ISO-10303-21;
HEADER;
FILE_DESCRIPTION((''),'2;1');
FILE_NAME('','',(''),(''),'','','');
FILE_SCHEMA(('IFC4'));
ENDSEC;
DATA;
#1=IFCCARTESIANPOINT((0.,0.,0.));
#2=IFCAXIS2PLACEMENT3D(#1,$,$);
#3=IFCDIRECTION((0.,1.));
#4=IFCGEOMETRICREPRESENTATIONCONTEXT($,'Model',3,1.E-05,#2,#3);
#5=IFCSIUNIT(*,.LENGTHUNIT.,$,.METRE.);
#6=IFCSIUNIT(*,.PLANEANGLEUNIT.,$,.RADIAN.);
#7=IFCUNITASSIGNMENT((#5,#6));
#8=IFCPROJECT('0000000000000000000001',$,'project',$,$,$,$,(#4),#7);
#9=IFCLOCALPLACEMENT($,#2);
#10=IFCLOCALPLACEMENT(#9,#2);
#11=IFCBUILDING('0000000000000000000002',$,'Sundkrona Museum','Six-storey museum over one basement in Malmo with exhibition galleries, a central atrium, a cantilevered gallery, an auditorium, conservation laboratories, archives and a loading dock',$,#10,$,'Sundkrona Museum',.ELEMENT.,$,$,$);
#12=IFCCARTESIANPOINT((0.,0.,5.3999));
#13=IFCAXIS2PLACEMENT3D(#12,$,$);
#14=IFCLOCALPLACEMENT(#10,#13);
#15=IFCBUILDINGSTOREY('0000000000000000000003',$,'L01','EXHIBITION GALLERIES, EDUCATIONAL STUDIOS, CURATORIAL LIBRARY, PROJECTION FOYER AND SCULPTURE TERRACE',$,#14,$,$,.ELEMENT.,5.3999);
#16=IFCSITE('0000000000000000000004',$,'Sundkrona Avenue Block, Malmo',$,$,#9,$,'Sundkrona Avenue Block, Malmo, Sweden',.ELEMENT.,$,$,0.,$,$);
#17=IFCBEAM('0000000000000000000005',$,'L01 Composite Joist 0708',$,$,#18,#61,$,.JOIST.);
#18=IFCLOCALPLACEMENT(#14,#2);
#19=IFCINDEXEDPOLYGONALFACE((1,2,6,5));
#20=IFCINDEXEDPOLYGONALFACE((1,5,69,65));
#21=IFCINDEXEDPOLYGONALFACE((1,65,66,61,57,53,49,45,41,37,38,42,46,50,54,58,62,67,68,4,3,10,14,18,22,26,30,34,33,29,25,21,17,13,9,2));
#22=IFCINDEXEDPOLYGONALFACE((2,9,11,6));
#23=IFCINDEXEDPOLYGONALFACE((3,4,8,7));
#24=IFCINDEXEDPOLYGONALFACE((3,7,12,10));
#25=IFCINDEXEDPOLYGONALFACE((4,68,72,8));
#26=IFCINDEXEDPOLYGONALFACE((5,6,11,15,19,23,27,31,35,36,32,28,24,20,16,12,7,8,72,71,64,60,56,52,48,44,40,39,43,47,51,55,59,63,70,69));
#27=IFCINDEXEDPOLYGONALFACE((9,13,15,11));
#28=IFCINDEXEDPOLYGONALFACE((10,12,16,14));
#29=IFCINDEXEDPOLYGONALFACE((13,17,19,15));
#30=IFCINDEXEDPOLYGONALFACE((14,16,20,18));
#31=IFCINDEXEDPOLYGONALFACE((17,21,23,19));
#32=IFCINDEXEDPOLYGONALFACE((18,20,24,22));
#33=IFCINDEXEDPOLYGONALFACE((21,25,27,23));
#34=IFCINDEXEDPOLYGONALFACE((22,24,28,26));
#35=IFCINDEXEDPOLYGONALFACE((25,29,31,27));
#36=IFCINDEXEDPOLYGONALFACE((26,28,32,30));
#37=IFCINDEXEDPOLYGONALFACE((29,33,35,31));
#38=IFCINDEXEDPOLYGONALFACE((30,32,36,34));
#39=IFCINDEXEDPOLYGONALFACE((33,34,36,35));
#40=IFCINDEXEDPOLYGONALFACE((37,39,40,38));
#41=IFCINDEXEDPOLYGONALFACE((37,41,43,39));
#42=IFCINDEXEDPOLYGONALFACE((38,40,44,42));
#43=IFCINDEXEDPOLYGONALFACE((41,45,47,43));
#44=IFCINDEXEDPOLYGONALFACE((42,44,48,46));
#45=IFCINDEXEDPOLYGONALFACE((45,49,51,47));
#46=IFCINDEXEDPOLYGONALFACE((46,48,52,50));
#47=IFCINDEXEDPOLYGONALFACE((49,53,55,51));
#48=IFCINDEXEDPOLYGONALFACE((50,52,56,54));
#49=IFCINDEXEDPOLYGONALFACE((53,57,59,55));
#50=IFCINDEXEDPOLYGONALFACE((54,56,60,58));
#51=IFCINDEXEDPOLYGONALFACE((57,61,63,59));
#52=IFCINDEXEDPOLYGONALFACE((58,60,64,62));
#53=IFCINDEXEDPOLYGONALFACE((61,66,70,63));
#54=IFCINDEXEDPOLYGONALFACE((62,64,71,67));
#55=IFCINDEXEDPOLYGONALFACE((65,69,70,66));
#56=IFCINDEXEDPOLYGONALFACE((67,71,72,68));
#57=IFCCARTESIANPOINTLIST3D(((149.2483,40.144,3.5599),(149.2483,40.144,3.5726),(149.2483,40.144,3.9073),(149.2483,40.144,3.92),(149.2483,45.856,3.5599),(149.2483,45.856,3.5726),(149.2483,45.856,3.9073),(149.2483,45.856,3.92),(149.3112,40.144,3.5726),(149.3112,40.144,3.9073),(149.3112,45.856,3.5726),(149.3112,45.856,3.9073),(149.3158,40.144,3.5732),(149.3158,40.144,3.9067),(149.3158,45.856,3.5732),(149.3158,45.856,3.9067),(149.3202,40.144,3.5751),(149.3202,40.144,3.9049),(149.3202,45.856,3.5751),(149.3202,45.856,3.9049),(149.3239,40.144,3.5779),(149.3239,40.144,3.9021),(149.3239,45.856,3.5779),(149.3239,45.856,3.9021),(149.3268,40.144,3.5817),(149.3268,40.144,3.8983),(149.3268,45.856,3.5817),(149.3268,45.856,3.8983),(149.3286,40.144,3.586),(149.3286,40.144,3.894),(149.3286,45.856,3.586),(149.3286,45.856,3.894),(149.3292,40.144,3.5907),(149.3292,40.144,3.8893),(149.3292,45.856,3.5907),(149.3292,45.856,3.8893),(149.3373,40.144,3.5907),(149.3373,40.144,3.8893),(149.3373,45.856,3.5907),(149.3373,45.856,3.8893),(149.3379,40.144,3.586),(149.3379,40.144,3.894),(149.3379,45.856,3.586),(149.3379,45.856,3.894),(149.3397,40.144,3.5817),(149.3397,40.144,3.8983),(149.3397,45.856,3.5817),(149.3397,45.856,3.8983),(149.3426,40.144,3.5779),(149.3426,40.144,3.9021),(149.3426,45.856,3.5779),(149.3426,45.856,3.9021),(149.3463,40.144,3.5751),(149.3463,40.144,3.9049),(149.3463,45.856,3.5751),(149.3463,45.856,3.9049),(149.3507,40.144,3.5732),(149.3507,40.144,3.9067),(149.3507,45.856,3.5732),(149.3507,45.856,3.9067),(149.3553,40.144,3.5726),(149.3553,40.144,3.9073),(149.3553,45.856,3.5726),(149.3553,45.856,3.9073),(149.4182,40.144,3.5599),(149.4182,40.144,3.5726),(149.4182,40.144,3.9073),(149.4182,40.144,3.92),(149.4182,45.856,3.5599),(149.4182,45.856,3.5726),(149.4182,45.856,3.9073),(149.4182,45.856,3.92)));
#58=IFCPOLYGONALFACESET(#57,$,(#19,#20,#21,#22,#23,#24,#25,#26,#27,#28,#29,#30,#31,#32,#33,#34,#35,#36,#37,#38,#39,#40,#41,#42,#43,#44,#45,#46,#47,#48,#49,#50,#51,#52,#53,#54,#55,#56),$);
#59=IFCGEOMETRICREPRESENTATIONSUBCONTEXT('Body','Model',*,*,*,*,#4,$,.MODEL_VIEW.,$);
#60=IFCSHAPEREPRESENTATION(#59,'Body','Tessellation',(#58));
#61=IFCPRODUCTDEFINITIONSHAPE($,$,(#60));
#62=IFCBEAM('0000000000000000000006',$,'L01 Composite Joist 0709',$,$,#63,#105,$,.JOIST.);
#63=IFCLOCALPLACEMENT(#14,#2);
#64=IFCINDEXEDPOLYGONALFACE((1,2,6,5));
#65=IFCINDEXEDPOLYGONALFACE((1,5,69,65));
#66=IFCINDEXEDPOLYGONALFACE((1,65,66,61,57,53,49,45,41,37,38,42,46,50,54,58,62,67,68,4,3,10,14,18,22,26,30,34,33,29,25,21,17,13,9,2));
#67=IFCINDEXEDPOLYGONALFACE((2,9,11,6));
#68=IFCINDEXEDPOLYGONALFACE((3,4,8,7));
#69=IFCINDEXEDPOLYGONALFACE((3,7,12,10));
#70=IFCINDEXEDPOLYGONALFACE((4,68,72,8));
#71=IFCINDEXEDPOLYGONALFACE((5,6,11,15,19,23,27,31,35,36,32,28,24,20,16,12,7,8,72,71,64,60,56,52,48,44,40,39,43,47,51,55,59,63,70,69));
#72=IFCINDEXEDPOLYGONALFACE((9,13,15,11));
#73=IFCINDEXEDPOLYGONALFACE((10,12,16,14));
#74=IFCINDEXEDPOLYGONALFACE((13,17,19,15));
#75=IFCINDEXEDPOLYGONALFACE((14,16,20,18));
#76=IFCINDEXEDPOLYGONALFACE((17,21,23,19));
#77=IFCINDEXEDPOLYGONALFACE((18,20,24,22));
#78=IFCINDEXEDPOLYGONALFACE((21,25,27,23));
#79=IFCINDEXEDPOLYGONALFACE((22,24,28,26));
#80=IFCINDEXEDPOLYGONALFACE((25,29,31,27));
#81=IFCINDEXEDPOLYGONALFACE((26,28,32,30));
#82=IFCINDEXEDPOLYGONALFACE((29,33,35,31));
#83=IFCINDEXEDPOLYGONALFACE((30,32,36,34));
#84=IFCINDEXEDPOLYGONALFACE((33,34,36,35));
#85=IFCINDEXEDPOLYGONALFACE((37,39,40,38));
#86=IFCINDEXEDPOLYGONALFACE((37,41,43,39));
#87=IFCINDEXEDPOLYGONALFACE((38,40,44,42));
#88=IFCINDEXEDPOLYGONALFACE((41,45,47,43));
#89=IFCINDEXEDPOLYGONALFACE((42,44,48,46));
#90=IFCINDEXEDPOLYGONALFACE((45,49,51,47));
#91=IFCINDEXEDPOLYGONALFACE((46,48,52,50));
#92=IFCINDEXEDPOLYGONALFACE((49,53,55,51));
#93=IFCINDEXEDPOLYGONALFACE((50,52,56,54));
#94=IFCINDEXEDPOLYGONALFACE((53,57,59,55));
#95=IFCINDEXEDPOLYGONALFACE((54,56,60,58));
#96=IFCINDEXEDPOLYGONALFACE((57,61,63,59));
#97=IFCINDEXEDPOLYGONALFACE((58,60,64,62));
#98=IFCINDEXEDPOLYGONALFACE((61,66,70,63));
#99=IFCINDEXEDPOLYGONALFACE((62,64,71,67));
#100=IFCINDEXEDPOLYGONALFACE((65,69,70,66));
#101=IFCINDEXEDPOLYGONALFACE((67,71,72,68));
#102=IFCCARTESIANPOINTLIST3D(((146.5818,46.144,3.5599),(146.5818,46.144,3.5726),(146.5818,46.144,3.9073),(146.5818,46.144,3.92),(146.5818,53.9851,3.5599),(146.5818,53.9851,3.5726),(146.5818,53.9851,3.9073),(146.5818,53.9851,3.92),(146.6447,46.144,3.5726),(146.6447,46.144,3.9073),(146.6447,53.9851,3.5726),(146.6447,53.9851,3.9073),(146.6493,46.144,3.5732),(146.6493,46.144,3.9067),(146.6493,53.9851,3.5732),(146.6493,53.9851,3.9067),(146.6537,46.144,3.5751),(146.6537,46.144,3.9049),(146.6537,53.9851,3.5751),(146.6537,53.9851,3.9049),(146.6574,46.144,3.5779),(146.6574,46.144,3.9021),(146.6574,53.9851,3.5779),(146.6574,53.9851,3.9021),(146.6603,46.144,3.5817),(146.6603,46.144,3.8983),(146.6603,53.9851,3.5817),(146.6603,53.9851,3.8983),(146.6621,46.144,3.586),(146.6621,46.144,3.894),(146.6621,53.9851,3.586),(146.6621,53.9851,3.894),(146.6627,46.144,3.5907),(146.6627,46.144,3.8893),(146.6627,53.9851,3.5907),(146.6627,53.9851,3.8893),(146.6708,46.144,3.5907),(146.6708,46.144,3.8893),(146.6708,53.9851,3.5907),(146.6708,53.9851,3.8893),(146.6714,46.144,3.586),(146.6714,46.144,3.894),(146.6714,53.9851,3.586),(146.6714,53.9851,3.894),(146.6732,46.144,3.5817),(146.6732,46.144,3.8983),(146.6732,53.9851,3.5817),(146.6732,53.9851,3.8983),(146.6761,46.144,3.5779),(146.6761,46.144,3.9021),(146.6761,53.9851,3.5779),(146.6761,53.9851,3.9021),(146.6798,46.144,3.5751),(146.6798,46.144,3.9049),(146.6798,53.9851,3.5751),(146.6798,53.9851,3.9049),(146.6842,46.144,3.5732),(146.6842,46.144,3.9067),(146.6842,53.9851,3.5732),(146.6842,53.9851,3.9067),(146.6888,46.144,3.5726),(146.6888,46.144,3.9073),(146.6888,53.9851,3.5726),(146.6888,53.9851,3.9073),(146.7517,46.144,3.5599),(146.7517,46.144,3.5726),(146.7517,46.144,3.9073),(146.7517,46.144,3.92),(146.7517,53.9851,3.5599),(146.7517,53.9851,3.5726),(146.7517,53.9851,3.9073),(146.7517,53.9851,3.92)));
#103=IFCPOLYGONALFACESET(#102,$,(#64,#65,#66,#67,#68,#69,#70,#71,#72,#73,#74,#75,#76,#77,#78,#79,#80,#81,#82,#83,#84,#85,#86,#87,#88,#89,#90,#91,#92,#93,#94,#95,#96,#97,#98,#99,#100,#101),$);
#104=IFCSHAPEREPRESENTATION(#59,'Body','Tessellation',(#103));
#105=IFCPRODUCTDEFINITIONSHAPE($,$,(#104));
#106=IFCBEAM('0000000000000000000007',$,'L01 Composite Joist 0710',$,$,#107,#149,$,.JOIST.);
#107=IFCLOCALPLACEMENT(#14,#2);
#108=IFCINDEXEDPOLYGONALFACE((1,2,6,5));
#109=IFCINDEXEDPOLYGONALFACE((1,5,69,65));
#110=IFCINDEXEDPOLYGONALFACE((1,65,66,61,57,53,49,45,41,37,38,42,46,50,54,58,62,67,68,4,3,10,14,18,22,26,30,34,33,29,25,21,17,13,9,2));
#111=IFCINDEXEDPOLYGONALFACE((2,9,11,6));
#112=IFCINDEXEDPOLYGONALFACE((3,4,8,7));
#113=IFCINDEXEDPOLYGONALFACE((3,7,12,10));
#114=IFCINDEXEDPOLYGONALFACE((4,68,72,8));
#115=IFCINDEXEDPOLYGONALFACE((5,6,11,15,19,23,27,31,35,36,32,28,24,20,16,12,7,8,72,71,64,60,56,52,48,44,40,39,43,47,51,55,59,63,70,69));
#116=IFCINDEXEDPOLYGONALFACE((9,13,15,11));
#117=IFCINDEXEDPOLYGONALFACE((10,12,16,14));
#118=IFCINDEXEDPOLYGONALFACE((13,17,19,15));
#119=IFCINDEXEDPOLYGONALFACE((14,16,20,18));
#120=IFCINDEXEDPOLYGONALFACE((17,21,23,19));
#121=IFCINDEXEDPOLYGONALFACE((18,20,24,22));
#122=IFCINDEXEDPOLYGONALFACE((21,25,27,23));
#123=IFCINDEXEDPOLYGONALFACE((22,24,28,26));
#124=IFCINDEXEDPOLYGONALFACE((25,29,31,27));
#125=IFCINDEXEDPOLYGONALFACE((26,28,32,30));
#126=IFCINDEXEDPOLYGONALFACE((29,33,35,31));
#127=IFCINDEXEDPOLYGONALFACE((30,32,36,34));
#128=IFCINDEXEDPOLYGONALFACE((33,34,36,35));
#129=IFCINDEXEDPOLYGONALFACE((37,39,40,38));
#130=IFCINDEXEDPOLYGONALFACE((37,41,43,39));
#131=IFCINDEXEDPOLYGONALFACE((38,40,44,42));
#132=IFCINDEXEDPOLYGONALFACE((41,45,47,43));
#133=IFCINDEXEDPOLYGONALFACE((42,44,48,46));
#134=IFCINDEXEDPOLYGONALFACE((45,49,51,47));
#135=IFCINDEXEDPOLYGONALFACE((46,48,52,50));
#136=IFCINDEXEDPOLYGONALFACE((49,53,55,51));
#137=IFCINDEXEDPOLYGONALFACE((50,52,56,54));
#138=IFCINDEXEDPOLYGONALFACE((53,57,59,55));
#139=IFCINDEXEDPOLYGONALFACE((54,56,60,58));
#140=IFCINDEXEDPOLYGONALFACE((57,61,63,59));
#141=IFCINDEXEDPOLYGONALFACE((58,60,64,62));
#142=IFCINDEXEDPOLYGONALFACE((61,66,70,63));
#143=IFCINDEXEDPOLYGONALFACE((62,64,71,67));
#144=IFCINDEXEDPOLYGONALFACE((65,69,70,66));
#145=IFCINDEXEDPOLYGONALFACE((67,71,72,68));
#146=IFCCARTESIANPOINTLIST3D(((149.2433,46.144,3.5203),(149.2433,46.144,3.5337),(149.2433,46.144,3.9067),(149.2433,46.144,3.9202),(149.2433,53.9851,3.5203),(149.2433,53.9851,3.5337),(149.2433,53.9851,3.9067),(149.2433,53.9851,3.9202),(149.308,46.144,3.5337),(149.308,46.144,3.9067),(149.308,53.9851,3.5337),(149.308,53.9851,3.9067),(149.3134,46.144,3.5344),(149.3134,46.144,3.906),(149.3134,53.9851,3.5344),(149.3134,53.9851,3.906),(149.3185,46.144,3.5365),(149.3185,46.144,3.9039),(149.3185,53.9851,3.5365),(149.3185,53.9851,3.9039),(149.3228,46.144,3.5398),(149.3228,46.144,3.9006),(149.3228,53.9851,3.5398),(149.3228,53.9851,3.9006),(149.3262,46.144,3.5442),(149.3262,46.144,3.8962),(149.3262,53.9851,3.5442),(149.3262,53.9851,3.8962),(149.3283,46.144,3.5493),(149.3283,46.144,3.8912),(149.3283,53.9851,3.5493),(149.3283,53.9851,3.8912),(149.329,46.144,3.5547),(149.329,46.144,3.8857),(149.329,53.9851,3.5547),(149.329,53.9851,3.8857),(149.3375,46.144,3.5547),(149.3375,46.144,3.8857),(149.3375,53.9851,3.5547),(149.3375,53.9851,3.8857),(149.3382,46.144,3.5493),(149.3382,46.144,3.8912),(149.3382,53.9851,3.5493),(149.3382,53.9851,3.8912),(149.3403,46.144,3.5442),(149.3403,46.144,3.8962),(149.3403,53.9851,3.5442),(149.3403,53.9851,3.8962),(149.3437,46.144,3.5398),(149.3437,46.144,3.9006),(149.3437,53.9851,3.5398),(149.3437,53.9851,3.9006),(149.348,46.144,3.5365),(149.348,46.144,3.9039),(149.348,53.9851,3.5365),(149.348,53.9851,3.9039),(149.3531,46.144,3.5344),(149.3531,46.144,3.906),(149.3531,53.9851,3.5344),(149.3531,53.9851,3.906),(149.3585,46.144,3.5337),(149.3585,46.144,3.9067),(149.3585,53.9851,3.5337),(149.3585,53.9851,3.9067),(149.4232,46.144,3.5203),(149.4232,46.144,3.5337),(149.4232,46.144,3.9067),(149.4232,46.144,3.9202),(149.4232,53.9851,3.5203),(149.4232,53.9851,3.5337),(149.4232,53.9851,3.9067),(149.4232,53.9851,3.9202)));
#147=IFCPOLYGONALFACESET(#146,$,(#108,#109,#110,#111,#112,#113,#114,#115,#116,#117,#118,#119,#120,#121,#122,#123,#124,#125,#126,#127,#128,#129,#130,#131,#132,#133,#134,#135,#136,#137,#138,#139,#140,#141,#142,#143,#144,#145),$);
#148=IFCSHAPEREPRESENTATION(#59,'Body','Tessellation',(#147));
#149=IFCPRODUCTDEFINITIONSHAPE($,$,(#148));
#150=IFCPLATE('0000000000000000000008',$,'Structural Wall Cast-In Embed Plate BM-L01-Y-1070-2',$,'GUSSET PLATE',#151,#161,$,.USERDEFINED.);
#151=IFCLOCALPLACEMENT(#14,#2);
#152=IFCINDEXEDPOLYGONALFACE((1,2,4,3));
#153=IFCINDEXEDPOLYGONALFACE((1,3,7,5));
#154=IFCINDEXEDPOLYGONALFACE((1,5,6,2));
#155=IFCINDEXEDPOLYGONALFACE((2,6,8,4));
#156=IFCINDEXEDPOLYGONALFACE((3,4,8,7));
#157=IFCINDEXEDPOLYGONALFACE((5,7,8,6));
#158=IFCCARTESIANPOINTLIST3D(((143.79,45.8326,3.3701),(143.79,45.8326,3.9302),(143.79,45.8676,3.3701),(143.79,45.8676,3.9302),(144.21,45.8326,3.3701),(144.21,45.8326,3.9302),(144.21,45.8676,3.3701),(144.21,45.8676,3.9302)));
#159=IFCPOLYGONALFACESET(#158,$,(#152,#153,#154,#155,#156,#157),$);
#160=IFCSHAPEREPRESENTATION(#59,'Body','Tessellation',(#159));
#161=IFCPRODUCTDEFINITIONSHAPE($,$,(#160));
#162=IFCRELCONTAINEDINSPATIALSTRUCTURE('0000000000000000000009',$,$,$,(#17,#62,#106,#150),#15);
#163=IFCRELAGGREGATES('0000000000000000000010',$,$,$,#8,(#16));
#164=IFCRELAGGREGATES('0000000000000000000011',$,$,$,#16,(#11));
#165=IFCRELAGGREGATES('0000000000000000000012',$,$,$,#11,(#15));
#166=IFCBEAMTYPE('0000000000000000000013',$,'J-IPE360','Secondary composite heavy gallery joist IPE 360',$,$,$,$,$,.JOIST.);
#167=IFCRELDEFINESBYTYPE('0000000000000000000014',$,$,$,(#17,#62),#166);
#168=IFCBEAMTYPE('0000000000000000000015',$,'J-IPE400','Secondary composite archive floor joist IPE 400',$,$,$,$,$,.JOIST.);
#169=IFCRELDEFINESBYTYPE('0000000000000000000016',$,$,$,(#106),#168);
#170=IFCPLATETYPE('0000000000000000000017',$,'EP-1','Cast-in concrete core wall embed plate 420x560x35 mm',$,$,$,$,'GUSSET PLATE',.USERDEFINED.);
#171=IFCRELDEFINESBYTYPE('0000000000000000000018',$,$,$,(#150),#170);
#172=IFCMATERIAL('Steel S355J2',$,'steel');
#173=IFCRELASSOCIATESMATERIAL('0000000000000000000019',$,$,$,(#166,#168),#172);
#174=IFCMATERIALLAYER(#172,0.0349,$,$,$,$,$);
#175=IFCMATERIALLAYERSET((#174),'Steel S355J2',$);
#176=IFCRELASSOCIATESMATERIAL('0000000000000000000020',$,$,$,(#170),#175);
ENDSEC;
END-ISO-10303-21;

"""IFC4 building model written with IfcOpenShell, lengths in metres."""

from ifc_helpers import new_model, si_unit, direction, frame, origin, origin_2d, place, context, subcontext, project, spatial, rectangle, i_section, extrude, material, layer, layer_set, material_profile, profile_set, type_object, element, save


model = new_model("IFC4")

# Units and contexts
model_context = context("Model", 3, precision=1e-05, world=origin(), true_north=direction((0.0, 1.0)))
body_context = subcontext(model_context, "Body", "Model", "MODEL_VIEW")
ifc_project = project(units=[si_unit("LENGTHUNIT", "METRE"), si_unit("PLANEANGLEUNIT", "RADIAN")], contexts=[model_context])

# Site, building, storey
site_placement = place(None, origin())
site = spatial("IfcSite", under=ifc_project, at=site_placement, Name="Sundkrona Avenue Block, Malmo", LongName="Sundkrona Avenue Block, Malmo, Sweden", CompositionType="ELEMENT", RefElevation=0.0)
building_placement = place(site_placement, origin())
building = spatial("IfcBuilding", under=site, at=building_placement, Name="Sundkrona Museum", Description="Six-storey museum over one basement in Malmo with exhibition galleries, a central atrium, a cantilevered gallery, an auditorium, conservation laboratories, archives and a loading dock", LongName="Sundkrona Museum", CompositionType="ELEMENT")
storey_placement = place(building_placement, frame((0.0, 0.0, 5.3999)))
storey = spatial("IfcBuildingStorey", under=building, at=storey_placement, Name="L01", Description="EXHIBITION GALLERIES, EDUCATIONAL STUDIOS, CURATORIAL LIBRARY, PROJECTION FOYER AND SCULPTURE TERRACE", CompositionType="ELEMENT", Elevation=5.3999)

# Shared definitions
ifc_material_1 = material(Name="Steel S355J2", Category="steel")

# Beams
ifc_material_profile_1 = material_profile(ifc_material_1, i_section(OverallWidth=0.1699, OverallDepth=0.3601, WebThickness=0.0081, FlangeThickness=0.0127, FilletRadius=0.0181, at=origin_2d()), Name="IPE 360")
ifc_profile_set_1 = profile_set([ifc_material_profile_1], Name="Steel S355J2")
beam_type_1 = type_object("IfcBeamType", Name="J-IPE360", Description="Secondary composite heavy gallery joist IPE 360", PredefinedType="JOIST", material=ifc_profile_set_1)
beam_1_placement = place(storey_placement, frame((149.3333, 40.144, 3.74), z_axis=(0.0, 1.0, 0.0), x_axis=(-1.0, 0.0, 0.0)))
element("IfcBeam", 1, at=beam_1_placement, inside=storey, type_object=beam_type_1, Name="L01 Composite Joist 0708", PredefinedType="JOIST", context=body_context, shape_type="SweptSolid", body=[
    extrude(i_section(OverallWidth=0.1699, OverallDepth=0.3601, WebThickness=0.0081, FlangeThickness=0.0127, FilletRadius=0.0181, at=origin_2d()), origin(), (0.0, 0.0, 1.0), 5.7119),
])
beam_2_placement = place(storey_placement, frame((146.6667, 46.144, 3.74), z_axis=(0.0, 1.0, 0.0), x_axis=(-1.0, 0.0, 0.0)))
element("IfcBeam", 2, at=beam_2_placement, inside=storey, type_object=beam_type_1, Name="L01 Composite Joist 0709", PredefinedType="JOIST", context=body_context, shape_type="SweptSolid", body=[
    extrude(i_section(OverallWidth=0.1699, OverallDepth=0.3601, WebThickness=0.0081, FlangeThickness=0.0127, FilletRadius=0.0181, at=origin_2d()), origin(), (0.0, 0.0, 1.0), 7.8411),
])
ifc_material_profile_2 = material_profile(ifc_material_1, i_section(OverallWidth=0.1799, OverallDepth=0.3999, WebThickness=0.0085, FlangeThickness=0.0134, FilletRadius=0.021, at=origin_2d()), Name="IPE 400")
ifc_profile_set_2 = profile_set([ifc_material_profile_2], Name="Steel S355J2")
beam_type_2 = type_object("IfcBeamType", Name="J-IPE400", Description="Secondary composite archive floor joist IPE 400", PredefinedType="JOIST", material=ifc_profile_set_2)
beam_3_placement = place(storey_placement, frame((149.3333, 46.144, 3.7202), z_axis=(0.0, 1.0, 0.0), x_axis=(-1.0, 0.0, 0.0)))
element("IfcBeam", 3, at=beam_3_placement, inside=storey, type_object=beam_type_2, Name="L01 Composite Joist 0710", PredefinedType="JOIST", context=body_context, shape_type="SweptSolid", body=[
    extrude(i_section(OverallWidth=0.1799, OverallDepth=0.3999, WebThickness=0.0085, FlangeThickness=0.0134, FilletRadius=0.021, at=origin_2d()), origin(), (0.0, 0.0, 1.0), 7.8411),
])

# Plate
ifc_layer_1 = layer(ifc_material_1, 0.0349)
ifc_layer_set_1 = layer_set([ifc_layer_1], Name="Steel S355J2")
plate_type = type_object("IfcPlateType", Name="EP-1", Description="Cast-in concrete core wall embed plate 420x560x35 mm", ElementType="GUSSET PLATE", PredefinedType="USERDEFINED", material=ifc_layer_set_1)
plate_placement = place(storey_placement, frame((144.0, 45.8501, 3.3701), z_axis=(0.0, 0.0, 1.0), x_axis=(1.0, 0.0, 0.0)))
element("IfcPlate", 4, at=plate_placement, inside=storey, type_object=plate_type, Name="Structural Wall Cast-In Embed Plate BM-L01-Y-1070-2", ObjectType="GUSSET PLATE", PredefinedType="USERDEFINED", context=body_context, shape_type="SweptSolid", body=[
    extrude(rectangle(XDim=0.4199, YDim=0.0349, at=origin_2d()), origin(), (0.0, 0.0, 1.0), 0.5601),
])

save(model, "model.ifc")
